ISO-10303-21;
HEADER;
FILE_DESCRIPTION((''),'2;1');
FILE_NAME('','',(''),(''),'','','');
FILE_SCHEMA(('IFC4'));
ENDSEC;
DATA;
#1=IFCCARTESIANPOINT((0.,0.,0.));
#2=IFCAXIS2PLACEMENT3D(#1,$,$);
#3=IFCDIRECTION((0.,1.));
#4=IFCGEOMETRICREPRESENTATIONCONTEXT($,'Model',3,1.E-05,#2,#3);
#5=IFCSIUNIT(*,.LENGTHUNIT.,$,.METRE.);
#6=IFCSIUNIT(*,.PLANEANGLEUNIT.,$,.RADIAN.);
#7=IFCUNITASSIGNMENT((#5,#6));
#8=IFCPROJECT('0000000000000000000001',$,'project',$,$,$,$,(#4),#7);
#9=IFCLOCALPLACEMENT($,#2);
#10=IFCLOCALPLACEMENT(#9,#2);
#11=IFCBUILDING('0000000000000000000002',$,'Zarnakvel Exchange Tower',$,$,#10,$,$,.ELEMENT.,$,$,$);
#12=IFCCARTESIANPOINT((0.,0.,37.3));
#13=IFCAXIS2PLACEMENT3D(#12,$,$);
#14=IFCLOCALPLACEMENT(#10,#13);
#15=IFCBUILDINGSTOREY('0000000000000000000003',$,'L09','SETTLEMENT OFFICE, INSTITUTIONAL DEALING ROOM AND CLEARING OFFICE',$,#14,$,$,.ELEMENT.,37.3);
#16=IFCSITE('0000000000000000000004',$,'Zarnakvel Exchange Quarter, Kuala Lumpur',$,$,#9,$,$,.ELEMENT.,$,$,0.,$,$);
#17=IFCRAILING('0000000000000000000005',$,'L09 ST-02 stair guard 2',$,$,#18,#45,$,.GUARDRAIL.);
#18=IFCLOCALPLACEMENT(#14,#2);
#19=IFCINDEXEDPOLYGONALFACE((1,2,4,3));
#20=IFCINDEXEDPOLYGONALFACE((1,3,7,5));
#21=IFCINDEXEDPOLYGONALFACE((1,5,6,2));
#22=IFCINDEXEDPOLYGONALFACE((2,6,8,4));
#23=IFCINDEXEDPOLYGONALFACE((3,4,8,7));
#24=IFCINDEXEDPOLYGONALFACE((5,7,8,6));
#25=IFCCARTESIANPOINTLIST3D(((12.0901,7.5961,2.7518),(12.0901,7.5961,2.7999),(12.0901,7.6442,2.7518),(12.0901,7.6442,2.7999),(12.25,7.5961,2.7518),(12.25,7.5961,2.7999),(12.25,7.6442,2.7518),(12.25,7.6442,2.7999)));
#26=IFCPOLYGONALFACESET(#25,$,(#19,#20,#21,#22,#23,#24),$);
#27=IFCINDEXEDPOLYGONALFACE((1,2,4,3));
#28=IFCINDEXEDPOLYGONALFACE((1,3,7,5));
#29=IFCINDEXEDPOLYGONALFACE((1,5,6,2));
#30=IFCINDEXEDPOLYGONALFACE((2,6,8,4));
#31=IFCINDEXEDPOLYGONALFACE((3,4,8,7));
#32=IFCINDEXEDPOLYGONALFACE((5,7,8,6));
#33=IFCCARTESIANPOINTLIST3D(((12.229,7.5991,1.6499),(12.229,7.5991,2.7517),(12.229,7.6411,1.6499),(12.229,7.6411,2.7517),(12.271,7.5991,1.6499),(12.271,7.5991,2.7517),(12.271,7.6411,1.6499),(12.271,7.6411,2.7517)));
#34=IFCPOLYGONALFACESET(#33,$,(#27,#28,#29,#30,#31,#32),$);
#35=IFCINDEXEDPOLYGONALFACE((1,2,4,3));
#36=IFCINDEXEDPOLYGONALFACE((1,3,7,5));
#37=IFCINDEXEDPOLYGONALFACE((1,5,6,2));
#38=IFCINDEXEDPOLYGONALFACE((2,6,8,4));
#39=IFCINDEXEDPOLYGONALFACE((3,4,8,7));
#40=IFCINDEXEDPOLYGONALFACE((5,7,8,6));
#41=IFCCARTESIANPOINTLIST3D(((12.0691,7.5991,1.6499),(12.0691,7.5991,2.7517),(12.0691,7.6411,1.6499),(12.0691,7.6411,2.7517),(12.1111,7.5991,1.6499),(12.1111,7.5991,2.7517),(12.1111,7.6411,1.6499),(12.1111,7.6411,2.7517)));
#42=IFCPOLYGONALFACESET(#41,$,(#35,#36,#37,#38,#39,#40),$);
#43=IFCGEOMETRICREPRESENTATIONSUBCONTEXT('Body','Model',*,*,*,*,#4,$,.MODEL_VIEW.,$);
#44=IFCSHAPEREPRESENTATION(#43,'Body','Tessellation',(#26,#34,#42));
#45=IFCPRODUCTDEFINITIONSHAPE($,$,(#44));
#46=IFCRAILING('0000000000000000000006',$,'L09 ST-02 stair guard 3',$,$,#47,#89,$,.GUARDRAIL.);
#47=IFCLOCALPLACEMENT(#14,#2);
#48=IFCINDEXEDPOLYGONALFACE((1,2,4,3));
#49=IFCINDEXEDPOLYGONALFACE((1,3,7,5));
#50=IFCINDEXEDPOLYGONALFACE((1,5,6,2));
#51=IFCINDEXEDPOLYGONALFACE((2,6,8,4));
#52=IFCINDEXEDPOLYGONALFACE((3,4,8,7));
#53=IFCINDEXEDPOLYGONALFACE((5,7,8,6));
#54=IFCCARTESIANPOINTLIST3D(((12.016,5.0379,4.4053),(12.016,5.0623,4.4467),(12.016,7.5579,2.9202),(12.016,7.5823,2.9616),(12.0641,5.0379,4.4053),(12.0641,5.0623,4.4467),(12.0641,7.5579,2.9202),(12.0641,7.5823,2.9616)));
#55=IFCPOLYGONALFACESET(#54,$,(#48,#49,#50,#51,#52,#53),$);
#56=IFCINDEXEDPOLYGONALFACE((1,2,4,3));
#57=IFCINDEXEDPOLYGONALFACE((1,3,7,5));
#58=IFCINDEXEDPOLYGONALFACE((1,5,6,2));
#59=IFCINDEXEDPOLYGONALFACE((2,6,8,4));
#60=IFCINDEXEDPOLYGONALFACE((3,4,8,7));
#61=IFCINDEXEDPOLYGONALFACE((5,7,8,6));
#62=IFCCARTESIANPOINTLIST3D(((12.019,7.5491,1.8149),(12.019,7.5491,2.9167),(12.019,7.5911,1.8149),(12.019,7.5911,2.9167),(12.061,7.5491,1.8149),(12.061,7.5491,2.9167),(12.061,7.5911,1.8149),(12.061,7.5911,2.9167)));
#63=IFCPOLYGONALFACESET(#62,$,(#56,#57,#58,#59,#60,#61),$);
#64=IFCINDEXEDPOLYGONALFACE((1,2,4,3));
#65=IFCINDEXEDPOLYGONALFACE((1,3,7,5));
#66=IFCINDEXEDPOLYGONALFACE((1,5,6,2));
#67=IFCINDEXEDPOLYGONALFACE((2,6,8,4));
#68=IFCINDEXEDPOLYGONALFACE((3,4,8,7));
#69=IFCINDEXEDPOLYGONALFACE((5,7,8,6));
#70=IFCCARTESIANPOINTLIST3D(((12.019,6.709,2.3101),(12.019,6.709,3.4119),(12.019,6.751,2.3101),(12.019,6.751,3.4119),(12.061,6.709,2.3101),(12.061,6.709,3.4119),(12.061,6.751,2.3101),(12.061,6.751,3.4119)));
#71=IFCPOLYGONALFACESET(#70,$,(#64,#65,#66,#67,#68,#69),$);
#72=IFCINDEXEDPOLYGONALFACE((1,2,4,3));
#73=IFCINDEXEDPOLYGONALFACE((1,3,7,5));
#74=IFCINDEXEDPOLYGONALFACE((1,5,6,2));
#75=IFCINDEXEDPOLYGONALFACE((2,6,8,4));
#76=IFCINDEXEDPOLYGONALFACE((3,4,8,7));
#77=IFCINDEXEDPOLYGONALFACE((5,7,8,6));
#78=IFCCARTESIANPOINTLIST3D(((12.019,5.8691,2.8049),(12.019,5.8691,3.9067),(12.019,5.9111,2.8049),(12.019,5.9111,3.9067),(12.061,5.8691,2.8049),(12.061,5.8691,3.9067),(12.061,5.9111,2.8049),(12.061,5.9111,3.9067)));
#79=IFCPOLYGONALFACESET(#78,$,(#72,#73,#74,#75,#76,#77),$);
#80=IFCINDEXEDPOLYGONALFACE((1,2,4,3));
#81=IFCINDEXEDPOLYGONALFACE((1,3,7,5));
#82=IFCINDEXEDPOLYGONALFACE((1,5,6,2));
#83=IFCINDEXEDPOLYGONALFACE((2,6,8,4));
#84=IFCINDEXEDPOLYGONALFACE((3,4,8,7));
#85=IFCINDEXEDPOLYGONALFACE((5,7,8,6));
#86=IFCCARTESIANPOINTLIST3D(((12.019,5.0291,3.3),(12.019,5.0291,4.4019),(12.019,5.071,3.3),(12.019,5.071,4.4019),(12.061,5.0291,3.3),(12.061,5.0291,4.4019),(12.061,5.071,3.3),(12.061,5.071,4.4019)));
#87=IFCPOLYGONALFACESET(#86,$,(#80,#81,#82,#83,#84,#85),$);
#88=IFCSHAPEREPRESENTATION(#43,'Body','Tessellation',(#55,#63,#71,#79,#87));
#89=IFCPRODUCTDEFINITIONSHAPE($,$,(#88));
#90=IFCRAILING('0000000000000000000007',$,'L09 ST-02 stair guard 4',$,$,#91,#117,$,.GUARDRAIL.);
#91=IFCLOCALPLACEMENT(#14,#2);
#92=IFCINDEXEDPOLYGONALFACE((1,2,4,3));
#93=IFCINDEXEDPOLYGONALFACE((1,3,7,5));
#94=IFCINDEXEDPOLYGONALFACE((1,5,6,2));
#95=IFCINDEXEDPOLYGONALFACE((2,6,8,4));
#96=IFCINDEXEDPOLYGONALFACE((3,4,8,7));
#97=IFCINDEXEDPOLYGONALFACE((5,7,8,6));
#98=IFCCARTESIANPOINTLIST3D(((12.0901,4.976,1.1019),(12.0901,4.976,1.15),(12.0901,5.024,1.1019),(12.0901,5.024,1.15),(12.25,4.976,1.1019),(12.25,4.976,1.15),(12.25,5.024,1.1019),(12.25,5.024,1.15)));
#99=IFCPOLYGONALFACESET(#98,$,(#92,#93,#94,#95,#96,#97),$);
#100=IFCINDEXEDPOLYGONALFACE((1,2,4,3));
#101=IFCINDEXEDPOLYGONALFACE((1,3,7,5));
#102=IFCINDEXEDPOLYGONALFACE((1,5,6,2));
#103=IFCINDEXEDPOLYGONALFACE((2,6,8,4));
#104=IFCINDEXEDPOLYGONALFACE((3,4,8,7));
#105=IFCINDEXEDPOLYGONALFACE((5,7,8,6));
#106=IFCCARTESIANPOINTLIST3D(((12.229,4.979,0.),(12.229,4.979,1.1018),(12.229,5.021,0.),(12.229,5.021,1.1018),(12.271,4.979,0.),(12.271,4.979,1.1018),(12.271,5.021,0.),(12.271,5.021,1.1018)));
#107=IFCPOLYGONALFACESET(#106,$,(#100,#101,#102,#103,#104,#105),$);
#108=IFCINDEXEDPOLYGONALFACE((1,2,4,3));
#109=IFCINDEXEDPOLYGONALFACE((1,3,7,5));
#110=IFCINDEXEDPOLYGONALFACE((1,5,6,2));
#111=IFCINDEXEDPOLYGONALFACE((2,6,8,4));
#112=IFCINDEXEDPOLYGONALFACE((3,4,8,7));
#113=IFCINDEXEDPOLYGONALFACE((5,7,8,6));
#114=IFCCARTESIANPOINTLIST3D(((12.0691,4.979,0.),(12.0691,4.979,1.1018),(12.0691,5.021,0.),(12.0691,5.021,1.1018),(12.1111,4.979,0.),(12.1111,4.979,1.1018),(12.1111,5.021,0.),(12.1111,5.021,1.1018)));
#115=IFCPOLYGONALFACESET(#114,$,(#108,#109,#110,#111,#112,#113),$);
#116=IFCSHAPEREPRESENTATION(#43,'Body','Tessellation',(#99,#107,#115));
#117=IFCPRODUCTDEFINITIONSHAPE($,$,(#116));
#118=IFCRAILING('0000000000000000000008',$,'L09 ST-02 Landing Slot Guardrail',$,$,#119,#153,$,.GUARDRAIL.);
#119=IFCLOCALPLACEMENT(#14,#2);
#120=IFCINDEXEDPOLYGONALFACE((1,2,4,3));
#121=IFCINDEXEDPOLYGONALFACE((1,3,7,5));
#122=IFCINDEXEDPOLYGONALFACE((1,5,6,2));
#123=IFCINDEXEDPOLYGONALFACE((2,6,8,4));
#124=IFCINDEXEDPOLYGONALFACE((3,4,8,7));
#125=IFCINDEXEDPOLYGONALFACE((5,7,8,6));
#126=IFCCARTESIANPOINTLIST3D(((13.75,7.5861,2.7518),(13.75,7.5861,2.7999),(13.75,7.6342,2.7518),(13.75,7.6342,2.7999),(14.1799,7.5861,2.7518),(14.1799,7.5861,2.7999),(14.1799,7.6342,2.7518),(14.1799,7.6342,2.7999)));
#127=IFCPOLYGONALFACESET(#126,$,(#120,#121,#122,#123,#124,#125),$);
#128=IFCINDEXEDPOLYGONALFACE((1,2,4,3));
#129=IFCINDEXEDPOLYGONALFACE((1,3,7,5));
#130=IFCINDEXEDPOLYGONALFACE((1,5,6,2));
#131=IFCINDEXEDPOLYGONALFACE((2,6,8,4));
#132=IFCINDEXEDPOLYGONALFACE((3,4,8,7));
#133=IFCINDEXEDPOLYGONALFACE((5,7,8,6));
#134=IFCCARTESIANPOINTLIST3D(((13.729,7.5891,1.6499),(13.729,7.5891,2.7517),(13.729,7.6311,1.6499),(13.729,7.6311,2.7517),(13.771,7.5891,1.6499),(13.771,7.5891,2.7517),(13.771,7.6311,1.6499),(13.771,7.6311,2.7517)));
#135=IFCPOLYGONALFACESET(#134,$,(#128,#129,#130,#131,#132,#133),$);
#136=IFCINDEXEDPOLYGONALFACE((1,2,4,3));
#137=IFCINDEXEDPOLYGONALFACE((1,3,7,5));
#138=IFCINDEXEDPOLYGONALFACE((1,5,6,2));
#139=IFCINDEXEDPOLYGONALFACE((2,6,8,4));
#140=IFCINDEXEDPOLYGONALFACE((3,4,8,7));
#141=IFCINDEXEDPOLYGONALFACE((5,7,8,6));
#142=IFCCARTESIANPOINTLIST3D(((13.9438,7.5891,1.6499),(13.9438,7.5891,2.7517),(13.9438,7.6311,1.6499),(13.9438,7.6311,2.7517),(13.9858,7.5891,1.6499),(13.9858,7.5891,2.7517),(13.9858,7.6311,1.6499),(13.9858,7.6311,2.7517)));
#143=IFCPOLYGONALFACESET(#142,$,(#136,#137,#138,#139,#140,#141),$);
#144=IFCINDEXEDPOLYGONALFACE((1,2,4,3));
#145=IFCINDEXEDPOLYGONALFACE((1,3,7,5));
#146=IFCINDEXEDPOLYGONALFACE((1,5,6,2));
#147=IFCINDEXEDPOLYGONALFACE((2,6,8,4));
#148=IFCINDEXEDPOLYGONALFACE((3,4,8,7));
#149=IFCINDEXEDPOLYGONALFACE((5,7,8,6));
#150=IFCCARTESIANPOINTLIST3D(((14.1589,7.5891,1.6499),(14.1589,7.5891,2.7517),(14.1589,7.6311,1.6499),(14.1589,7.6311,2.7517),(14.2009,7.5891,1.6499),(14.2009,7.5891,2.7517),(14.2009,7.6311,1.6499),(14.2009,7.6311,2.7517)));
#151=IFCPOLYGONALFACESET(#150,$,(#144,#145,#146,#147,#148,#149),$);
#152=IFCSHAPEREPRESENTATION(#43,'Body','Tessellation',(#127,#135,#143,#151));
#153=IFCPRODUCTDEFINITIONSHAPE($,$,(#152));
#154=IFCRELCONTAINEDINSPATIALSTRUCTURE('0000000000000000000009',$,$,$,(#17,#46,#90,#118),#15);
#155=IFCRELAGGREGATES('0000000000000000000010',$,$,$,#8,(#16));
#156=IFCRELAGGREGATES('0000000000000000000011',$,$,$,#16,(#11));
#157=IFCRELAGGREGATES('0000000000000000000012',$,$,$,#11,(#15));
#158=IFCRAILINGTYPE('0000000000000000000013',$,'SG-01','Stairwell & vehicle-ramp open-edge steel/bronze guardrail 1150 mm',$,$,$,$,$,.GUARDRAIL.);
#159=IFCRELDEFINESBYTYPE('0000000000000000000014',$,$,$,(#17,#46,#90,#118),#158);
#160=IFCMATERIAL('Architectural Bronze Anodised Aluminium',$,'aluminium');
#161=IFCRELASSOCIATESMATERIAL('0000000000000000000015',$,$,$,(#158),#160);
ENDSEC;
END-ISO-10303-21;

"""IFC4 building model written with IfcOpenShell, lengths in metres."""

from ifc_helpers import new_model, si_unit, direction, frame, origin, origin_2d, place, context, subcontext, project, spatial, rectangle, extrude, material, type_object, element, save


model = new_model("IFC4")

# Units and contexts
model_context = context("Model", 3, precision=1e-05, world=origin(), true_north=direction((0.0, 1.0)))
body_context = subcontext(model_context, "Body", "Model", "MODEL_VIEW")
ifc_project = project(units=[si_unit("LENGTHUNIT", "METRE"), si_unit("PLANEANGLEUNIT", "RADIAN")], contexts=[model_context])

# Site, building, storey
site_placement = place(None, origin())
site = spatial("IfcSite", under=ifc_project, at=site_placement, Name="Zarnakvel Exchange Quarter, Kuala Lumpur", CompositionType="ELEMENT", RefElevation=0.0)
building_placement = place(site_placement, origin())
building = spatial("IfcBuilding", under=site, at=building_placement, Name="Zarnakvel Exchange Tower", CompositionType="ELEMENT")
storey_placement = place(building_placement, frame((0.0, 0.0, 37.3)))
storey = spatial("IfcBuildingStorey", under=building, at=storey_placement, Name="L09", Description="SETTLEMENT OFFICE, INSTITUTIONAL DEALING ROOM AND CLEARING OFFICE", CompositionType="ELEMENT", Elevation=37.3)

# Shared definitions
ifc_material_1 = material(Name="Architectural Bronze Anodised Aluminium", Category="aluminium")

# Railings
railing_type_1 = type_object("IfcRailingType", Name="SG-01", Description="Stairwell & vehicle-ramp open-edge steel/bronze guardrail 1150 mm", PredefinedType="GUARDRAIL", material=ifc_material_1)
railing_1_placement = place(storey_placement, frame((12.25, 7.6201, 1.6499)))
element("IfcRailing", 1, at=railing_1_placement, inside=storey, type_object=railing_type_1, Name="L09 ST-02 stair guard 2", PredefinedType="GUARDRAIL", context=body_context, shape_type="SweptSolid", body=[
    extrude(rectangle(XDim=0.0481, YDim=0.0481, at=origin_2d()), frame((0.0, 0.0, 1.126), z_axis=(-1.0, 0.0, 0.0), x_axis=(0.0, -1.0, 0.0)), (0.0, 0.0, 1.0), 0.1599),
    extrude(rectangle(XDim=0.042, YDim=0.042, at=origin_2d()), origin(), (0.0, 0.0, 1.0), 1.1018),
    extrude(rectangle(XDim=0.042, YDim=0.042, at=origin_2d()), frame((-0.1599, 0.0, 0.0)), (0.0, 0.0, 1.0), 1.1018),
])
railing_2_placement = place(storey_placement, frame((12.04, 7.5701, 1.8149)))
element("IfcRailing", 2, at=railing_2_placement, inside=storey, type_object=railing_type_1, Name="L09 ST-02 stair guard 3", PredefinedType="GUARDRAIL", context=body_context, shape_type="SweptSolid", body=[
    extrude(rectangle(XDim=0.0481, YDim=0.0481, at=origin_2d()), frame((0.0, 0.0, 1.126), z_axis=(0.0, -0.861524, 0.507717), x_axis=(1.0, 0.0, 0.0)), (0.0, 0.0, 1.0), 2.925),
    extrude(rectangle(XDim=0.042, YDim=0.042, at=origin_2d()), origin(), (0.0, 0.0, 1.0), 1.1018),
    extrude(rectangle(XDim=0.042, YDim=0.042, at=origin_2d()), frame((0.0, -0.8401, 0.4951)), (0.0, 0.0, 1.0), 1.1018),
    extrude(rectangle(XDim=0.042, YDim=0.042, at=origin_2d()), frame((0.0, -1.6799, 0.99)), (0.0, 0.0, 1.0), 1.1018),
    extrude(rectangle(XDim=0.042, YDim=0.042, at=origin_2d()), frame((0.0, -2.52, 1.4851)), (0.0, 0.0, 1.0), 1.1018),
])
railing_3_placement = place(storey_placement, frame((12.25, 5.0, 0.0)))
element("IfcRailing", 3, at=railing_3_placement, inside=storey, type_object=railing_type_1, Name="L09 ST-02 stair guard 4", PredefinedType="GUARDRAIL", context=body_context, shape_type="SweptSolid", body=[
    extrude(rectangle(XDim=0.0481, YDim=0.0481, at=origin_2d()), frame((0.0, 0.0, 1.126), z_axis=(-1.0, 0.0, 0.0), x_axis=(0.0, -1.0, 0.0)), (0.0, 0.0, 1.0), 0.1599),
    extrude(rectangle(XDim=0.042, YDim=0.042, at=origin_2d()), origin(), (0.0, 0.0, 1.0), 1.1018),
    extrude(rectangle(XDim=0.042, YDim=0.042, at=origin_2d()), frame((-0.1599, 0.0, 0.0)), (0.0, 0.0, 1.0), 1.1018),
])
railing_4_placement = place(storey_placement, frame((13.75, 7.6101, 1.6499)))
element("IfcRailing", 4, at=railing_4_placement, inside=storey, type_object=railing_type_1, Name="L09 ST-02 Landing Slot Guardrail", PredefinedType="GUARDRAIL", context=body_context, shape_type="SweptSolid", body=[
    extrude(rectangle(XDim=0.0481, YDim=0.0481, at=origin_2d()), frame((0.0, 0.0, 1.126), z_axis=(1.0, 0.0, 0.0), x_axis=(0.0, 1.0, 0.0)), (0.0, 0.0, 1.0), 0.4299),
    extrude(rectangle(XDim=0.042, YDim=0.042, at=origin_2d()), origin(), (0.0, 0.0, 1.0), 1.1018),
    extrude(rectangle(XDim=0.042, YDim=0.042, at=origin_2d()), frame((0.2148, 0.0, 0.0)), (0.0, 0.0, 1.0), 1.1018),
    extrude(rectangle(XDim=0.042, YDim=0.042, at=origin_2d()), frame((0.4299, 0.0, 0.0)), (0.0, 0.0, 1.0), 1.1018),
])

save(model, "model.ifc")
